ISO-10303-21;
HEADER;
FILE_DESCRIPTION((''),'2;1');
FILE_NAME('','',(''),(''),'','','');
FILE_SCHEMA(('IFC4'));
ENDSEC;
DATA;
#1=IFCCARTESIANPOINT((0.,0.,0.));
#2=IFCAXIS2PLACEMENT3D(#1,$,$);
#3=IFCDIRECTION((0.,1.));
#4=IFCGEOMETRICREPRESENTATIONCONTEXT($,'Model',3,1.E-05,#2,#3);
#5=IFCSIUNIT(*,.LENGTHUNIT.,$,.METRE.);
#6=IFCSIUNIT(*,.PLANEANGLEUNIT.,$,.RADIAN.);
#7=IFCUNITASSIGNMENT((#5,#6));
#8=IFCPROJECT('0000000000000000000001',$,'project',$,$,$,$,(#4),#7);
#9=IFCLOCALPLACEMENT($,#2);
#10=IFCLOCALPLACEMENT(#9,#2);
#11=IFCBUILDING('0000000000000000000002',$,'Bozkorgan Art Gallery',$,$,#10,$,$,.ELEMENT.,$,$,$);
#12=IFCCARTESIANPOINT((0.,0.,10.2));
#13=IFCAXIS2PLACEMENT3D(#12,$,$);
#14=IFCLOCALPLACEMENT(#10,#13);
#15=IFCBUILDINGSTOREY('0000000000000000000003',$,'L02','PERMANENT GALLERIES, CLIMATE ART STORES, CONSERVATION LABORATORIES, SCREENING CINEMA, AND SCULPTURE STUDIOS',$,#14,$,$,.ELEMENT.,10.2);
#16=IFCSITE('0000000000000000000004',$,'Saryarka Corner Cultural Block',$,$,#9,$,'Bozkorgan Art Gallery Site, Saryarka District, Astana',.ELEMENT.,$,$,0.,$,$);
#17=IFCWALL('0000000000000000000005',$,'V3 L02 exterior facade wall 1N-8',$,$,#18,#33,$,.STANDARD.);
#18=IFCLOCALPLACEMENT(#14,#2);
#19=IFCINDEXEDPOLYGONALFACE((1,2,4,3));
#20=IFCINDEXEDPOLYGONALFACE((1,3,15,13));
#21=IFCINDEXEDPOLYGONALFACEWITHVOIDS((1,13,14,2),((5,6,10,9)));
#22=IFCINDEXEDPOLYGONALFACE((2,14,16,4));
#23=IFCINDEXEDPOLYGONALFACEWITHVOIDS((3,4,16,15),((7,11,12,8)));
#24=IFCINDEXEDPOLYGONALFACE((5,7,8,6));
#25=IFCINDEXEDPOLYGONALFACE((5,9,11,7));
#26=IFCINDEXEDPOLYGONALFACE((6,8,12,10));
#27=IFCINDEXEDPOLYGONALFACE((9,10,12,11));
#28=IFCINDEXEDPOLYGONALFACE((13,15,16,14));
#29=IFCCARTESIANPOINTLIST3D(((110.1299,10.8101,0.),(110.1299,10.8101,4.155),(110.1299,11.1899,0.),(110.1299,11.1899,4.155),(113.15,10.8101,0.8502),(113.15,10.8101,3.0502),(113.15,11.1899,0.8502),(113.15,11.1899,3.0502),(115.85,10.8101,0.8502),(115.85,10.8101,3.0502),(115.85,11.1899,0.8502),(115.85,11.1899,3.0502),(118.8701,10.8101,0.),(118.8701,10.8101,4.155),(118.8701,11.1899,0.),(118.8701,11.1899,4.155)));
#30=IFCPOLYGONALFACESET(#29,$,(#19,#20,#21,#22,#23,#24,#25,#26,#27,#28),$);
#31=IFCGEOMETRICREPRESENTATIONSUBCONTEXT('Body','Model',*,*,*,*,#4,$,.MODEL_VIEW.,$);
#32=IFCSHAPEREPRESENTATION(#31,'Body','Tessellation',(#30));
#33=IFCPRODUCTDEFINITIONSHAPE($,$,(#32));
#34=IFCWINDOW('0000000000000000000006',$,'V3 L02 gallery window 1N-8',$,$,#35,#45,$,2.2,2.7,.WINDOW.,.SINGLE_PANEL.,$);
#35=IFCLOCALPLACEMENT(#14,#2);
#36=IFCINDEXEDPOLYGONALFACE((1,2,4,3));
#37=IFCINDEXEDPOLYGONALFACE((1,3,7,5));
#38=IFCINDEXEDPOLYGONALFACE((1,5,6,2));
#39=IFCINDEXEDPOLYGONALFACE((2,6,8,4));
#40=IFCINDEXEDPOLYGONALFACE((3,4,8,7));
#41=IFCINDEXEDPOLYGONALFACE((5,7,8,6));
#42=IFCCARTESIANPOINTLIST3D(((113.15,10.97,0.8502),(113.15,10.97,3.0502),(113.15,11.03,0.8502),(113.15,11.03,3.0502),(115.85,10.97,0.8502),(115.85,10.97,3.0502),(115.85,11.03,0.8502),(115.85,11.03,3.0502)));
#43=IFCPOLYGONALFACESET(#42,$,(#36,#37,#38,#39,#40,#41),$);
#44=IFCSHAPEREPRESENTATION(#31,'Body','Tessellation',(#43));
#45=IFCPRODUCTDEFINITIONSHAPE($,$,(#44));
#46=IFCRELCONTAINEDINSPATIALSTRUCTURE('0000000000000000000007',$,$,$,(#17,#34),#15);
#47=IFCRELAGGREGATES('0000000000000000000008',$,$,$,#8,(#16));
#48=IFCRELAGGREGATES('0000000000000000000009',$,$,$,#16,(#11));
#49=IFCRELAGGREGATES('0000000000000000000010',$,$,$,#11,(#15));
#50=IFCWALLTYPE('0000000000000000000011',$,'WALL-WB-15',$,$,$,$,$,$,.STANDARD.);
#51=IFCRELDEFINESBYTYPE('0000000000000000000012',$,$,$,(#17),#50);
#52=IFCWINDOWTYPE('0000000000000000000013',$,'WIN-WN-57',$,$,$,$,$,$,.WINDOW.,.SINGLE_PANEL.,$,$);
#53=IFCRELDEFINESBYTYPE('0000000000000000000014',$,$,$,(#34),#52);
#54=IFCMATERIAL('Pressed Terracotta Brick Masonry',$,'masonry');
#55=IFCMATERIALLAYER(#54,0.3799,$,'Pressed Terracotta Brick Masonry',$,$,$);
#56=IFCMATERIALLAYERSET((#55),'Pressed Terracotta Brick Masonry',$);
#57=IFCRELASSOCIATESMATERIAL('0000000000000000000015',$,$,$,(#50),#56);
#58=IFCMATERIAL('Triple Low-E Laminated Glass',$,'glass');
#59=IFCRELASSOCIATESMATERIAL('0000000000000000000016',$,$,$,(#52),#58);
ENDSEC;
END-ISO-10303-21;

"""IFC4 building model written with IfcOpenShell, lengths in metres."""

from ifc_helpers import new_model, si_unit, direction, frame, frame_2d, origin, place, context, subcontext, project, spatial, rectangle, extrude, material, layer, layer_set, type_object, element, fill, save


model = new_model("IFC4")

# Units and contexts
model_context = context("Model", 3, precision=1e-05, world=origin(), true_north=direction((0.0, 1.0)))
body_context = subcontext(model_context, "Body", "Model", "MODEL_VIEW")
ifc_project = project(units=[si_unit("LENGTHUNIT", "METRE"), si_unit("PLANEANGLEUNIT", "RADIAN")], contexts=[model_context])

# Site, building, storey
site_placement = place(None, origin())
site = spatial("IfcSite", under=ifc_project, at=site_placement, Name="Saryarka Corner Cultural Block", LongName="Bozkorgan Art Gallery Site, Saryarka District, Astana", CompositionType="ELEMENT", RefElevation=0.0)
building_placement = place(site_placement, origin())
building = spatial("IfcBuilding", under=site, at=building_placement, Name="Bozkorgan Art Gallery", CompositionType="ELEMENT")
storey_placement = place(building_placement, frame((0.0, 0.0, 10.2)))
storey = spatial("IfcBuildingStorey", under=building, at=storey_placement, Name="L02", Description="PERMANENT GALLERIES, CLIMATE ART STORES, CONSERVATION LABORATORIES, SCREENING CINEMA, AND SCULPTURE STUDIOS", CompositionType="ELEMENT", Elevation=10.2)

# Shared definitions
ifc_material_1 = material(Name="Triple Low-E Laminated Glass", Category="glass")

# Wall, opening, window
ifc_material_2 = material(Name="Pressed Terracotta Brick Masonry", Category="masonry")
ifc_layer_1 = layer(ifc_material_2, 0.3799, Name="Pressed Terracotta Brick Masonry")
ifc_layer_set_1 = layer_set([ifc_layer_1], Name="Pressed Terracotta Brick Masonry")
wall_type_1 = type_object("IfcWallType", Name="WALL-WB-15", PredefinedType="STANDARD", material=ifc_layer_set_1)
wall_1_placement = place(storey_placement, frame((110.1299, 11.0, 0.0), z_axis=(0.0, 0.0, 1.0), x_axis=(1.0, 0.0, 0.0)))
wall_1 = element("IfcWall", 1, at=wall_1_placement, inside=storey, type_object=wall_type_1, Name="V3 L02 exterior facade wall 1N-8", PredefinedType="STANDARD", context=body_context, shape_type="SweptSolid", body=[
    extrude(rectangle(XDim=8.7402, YDim=0.3799, at=frame_2d((4.3701, 0.0))), origin(), (0.0, 0.0, 1.0), 4.155),
])
opening_1_placement = place(wall_1_placement, frame((3.02, 0.0, 0.8501)))
opening_1 = element("IfcOpeningElement", 2, at=opening_1_placement, cuts=wall_1, PredefinedType="OPENING", context=body_context, shape_type="SweptSolid", body=[
    extrude(rectangle(XDim=2.7, YDim=2.2, at=frame_2d((1.3501, 1.1001))), frame((0.0, 0.2, 0.0), z_axis=(0.0, -1.0, 0.0), x_axis=(1.0, 0.0, 0.0)), (0.0, 0.0, 1.0), 0.3999),
])
window_type = type_object("IfcWindowType", Name="WIN-WN-57", PartitioningType="SINGLE_PANEL", PredefinedType="WINDOW", material=ifc_material_1)
window_placement = place(opening_1_placement, origin())
window = element("IfcWindow", 3, at=window_placement, inside=storey, type_object=window_type, Name="V3 L02 gallery window 1N-8", OverallHeight=2.2, OverallWidth=2.7, PartitioningType="SINGLE_PANEL", PredefinedType="WINDOW", context=body_context, shape_type="SweptSolid", body=[
    extrude(rectangle(XDim=2.7, YDim=2.2, at=frame_2d((1.3501, 1.1001))), frame((0.0, 0.03, 0.0), z_axis=(0.0, -1.0, 0.0), x_axis=(1.0, 0.0, 0.0)), (0.0, 0.0, 1.0), 0.0601),
])
fill(opening_1, window)

save(model, "model.ifc")
